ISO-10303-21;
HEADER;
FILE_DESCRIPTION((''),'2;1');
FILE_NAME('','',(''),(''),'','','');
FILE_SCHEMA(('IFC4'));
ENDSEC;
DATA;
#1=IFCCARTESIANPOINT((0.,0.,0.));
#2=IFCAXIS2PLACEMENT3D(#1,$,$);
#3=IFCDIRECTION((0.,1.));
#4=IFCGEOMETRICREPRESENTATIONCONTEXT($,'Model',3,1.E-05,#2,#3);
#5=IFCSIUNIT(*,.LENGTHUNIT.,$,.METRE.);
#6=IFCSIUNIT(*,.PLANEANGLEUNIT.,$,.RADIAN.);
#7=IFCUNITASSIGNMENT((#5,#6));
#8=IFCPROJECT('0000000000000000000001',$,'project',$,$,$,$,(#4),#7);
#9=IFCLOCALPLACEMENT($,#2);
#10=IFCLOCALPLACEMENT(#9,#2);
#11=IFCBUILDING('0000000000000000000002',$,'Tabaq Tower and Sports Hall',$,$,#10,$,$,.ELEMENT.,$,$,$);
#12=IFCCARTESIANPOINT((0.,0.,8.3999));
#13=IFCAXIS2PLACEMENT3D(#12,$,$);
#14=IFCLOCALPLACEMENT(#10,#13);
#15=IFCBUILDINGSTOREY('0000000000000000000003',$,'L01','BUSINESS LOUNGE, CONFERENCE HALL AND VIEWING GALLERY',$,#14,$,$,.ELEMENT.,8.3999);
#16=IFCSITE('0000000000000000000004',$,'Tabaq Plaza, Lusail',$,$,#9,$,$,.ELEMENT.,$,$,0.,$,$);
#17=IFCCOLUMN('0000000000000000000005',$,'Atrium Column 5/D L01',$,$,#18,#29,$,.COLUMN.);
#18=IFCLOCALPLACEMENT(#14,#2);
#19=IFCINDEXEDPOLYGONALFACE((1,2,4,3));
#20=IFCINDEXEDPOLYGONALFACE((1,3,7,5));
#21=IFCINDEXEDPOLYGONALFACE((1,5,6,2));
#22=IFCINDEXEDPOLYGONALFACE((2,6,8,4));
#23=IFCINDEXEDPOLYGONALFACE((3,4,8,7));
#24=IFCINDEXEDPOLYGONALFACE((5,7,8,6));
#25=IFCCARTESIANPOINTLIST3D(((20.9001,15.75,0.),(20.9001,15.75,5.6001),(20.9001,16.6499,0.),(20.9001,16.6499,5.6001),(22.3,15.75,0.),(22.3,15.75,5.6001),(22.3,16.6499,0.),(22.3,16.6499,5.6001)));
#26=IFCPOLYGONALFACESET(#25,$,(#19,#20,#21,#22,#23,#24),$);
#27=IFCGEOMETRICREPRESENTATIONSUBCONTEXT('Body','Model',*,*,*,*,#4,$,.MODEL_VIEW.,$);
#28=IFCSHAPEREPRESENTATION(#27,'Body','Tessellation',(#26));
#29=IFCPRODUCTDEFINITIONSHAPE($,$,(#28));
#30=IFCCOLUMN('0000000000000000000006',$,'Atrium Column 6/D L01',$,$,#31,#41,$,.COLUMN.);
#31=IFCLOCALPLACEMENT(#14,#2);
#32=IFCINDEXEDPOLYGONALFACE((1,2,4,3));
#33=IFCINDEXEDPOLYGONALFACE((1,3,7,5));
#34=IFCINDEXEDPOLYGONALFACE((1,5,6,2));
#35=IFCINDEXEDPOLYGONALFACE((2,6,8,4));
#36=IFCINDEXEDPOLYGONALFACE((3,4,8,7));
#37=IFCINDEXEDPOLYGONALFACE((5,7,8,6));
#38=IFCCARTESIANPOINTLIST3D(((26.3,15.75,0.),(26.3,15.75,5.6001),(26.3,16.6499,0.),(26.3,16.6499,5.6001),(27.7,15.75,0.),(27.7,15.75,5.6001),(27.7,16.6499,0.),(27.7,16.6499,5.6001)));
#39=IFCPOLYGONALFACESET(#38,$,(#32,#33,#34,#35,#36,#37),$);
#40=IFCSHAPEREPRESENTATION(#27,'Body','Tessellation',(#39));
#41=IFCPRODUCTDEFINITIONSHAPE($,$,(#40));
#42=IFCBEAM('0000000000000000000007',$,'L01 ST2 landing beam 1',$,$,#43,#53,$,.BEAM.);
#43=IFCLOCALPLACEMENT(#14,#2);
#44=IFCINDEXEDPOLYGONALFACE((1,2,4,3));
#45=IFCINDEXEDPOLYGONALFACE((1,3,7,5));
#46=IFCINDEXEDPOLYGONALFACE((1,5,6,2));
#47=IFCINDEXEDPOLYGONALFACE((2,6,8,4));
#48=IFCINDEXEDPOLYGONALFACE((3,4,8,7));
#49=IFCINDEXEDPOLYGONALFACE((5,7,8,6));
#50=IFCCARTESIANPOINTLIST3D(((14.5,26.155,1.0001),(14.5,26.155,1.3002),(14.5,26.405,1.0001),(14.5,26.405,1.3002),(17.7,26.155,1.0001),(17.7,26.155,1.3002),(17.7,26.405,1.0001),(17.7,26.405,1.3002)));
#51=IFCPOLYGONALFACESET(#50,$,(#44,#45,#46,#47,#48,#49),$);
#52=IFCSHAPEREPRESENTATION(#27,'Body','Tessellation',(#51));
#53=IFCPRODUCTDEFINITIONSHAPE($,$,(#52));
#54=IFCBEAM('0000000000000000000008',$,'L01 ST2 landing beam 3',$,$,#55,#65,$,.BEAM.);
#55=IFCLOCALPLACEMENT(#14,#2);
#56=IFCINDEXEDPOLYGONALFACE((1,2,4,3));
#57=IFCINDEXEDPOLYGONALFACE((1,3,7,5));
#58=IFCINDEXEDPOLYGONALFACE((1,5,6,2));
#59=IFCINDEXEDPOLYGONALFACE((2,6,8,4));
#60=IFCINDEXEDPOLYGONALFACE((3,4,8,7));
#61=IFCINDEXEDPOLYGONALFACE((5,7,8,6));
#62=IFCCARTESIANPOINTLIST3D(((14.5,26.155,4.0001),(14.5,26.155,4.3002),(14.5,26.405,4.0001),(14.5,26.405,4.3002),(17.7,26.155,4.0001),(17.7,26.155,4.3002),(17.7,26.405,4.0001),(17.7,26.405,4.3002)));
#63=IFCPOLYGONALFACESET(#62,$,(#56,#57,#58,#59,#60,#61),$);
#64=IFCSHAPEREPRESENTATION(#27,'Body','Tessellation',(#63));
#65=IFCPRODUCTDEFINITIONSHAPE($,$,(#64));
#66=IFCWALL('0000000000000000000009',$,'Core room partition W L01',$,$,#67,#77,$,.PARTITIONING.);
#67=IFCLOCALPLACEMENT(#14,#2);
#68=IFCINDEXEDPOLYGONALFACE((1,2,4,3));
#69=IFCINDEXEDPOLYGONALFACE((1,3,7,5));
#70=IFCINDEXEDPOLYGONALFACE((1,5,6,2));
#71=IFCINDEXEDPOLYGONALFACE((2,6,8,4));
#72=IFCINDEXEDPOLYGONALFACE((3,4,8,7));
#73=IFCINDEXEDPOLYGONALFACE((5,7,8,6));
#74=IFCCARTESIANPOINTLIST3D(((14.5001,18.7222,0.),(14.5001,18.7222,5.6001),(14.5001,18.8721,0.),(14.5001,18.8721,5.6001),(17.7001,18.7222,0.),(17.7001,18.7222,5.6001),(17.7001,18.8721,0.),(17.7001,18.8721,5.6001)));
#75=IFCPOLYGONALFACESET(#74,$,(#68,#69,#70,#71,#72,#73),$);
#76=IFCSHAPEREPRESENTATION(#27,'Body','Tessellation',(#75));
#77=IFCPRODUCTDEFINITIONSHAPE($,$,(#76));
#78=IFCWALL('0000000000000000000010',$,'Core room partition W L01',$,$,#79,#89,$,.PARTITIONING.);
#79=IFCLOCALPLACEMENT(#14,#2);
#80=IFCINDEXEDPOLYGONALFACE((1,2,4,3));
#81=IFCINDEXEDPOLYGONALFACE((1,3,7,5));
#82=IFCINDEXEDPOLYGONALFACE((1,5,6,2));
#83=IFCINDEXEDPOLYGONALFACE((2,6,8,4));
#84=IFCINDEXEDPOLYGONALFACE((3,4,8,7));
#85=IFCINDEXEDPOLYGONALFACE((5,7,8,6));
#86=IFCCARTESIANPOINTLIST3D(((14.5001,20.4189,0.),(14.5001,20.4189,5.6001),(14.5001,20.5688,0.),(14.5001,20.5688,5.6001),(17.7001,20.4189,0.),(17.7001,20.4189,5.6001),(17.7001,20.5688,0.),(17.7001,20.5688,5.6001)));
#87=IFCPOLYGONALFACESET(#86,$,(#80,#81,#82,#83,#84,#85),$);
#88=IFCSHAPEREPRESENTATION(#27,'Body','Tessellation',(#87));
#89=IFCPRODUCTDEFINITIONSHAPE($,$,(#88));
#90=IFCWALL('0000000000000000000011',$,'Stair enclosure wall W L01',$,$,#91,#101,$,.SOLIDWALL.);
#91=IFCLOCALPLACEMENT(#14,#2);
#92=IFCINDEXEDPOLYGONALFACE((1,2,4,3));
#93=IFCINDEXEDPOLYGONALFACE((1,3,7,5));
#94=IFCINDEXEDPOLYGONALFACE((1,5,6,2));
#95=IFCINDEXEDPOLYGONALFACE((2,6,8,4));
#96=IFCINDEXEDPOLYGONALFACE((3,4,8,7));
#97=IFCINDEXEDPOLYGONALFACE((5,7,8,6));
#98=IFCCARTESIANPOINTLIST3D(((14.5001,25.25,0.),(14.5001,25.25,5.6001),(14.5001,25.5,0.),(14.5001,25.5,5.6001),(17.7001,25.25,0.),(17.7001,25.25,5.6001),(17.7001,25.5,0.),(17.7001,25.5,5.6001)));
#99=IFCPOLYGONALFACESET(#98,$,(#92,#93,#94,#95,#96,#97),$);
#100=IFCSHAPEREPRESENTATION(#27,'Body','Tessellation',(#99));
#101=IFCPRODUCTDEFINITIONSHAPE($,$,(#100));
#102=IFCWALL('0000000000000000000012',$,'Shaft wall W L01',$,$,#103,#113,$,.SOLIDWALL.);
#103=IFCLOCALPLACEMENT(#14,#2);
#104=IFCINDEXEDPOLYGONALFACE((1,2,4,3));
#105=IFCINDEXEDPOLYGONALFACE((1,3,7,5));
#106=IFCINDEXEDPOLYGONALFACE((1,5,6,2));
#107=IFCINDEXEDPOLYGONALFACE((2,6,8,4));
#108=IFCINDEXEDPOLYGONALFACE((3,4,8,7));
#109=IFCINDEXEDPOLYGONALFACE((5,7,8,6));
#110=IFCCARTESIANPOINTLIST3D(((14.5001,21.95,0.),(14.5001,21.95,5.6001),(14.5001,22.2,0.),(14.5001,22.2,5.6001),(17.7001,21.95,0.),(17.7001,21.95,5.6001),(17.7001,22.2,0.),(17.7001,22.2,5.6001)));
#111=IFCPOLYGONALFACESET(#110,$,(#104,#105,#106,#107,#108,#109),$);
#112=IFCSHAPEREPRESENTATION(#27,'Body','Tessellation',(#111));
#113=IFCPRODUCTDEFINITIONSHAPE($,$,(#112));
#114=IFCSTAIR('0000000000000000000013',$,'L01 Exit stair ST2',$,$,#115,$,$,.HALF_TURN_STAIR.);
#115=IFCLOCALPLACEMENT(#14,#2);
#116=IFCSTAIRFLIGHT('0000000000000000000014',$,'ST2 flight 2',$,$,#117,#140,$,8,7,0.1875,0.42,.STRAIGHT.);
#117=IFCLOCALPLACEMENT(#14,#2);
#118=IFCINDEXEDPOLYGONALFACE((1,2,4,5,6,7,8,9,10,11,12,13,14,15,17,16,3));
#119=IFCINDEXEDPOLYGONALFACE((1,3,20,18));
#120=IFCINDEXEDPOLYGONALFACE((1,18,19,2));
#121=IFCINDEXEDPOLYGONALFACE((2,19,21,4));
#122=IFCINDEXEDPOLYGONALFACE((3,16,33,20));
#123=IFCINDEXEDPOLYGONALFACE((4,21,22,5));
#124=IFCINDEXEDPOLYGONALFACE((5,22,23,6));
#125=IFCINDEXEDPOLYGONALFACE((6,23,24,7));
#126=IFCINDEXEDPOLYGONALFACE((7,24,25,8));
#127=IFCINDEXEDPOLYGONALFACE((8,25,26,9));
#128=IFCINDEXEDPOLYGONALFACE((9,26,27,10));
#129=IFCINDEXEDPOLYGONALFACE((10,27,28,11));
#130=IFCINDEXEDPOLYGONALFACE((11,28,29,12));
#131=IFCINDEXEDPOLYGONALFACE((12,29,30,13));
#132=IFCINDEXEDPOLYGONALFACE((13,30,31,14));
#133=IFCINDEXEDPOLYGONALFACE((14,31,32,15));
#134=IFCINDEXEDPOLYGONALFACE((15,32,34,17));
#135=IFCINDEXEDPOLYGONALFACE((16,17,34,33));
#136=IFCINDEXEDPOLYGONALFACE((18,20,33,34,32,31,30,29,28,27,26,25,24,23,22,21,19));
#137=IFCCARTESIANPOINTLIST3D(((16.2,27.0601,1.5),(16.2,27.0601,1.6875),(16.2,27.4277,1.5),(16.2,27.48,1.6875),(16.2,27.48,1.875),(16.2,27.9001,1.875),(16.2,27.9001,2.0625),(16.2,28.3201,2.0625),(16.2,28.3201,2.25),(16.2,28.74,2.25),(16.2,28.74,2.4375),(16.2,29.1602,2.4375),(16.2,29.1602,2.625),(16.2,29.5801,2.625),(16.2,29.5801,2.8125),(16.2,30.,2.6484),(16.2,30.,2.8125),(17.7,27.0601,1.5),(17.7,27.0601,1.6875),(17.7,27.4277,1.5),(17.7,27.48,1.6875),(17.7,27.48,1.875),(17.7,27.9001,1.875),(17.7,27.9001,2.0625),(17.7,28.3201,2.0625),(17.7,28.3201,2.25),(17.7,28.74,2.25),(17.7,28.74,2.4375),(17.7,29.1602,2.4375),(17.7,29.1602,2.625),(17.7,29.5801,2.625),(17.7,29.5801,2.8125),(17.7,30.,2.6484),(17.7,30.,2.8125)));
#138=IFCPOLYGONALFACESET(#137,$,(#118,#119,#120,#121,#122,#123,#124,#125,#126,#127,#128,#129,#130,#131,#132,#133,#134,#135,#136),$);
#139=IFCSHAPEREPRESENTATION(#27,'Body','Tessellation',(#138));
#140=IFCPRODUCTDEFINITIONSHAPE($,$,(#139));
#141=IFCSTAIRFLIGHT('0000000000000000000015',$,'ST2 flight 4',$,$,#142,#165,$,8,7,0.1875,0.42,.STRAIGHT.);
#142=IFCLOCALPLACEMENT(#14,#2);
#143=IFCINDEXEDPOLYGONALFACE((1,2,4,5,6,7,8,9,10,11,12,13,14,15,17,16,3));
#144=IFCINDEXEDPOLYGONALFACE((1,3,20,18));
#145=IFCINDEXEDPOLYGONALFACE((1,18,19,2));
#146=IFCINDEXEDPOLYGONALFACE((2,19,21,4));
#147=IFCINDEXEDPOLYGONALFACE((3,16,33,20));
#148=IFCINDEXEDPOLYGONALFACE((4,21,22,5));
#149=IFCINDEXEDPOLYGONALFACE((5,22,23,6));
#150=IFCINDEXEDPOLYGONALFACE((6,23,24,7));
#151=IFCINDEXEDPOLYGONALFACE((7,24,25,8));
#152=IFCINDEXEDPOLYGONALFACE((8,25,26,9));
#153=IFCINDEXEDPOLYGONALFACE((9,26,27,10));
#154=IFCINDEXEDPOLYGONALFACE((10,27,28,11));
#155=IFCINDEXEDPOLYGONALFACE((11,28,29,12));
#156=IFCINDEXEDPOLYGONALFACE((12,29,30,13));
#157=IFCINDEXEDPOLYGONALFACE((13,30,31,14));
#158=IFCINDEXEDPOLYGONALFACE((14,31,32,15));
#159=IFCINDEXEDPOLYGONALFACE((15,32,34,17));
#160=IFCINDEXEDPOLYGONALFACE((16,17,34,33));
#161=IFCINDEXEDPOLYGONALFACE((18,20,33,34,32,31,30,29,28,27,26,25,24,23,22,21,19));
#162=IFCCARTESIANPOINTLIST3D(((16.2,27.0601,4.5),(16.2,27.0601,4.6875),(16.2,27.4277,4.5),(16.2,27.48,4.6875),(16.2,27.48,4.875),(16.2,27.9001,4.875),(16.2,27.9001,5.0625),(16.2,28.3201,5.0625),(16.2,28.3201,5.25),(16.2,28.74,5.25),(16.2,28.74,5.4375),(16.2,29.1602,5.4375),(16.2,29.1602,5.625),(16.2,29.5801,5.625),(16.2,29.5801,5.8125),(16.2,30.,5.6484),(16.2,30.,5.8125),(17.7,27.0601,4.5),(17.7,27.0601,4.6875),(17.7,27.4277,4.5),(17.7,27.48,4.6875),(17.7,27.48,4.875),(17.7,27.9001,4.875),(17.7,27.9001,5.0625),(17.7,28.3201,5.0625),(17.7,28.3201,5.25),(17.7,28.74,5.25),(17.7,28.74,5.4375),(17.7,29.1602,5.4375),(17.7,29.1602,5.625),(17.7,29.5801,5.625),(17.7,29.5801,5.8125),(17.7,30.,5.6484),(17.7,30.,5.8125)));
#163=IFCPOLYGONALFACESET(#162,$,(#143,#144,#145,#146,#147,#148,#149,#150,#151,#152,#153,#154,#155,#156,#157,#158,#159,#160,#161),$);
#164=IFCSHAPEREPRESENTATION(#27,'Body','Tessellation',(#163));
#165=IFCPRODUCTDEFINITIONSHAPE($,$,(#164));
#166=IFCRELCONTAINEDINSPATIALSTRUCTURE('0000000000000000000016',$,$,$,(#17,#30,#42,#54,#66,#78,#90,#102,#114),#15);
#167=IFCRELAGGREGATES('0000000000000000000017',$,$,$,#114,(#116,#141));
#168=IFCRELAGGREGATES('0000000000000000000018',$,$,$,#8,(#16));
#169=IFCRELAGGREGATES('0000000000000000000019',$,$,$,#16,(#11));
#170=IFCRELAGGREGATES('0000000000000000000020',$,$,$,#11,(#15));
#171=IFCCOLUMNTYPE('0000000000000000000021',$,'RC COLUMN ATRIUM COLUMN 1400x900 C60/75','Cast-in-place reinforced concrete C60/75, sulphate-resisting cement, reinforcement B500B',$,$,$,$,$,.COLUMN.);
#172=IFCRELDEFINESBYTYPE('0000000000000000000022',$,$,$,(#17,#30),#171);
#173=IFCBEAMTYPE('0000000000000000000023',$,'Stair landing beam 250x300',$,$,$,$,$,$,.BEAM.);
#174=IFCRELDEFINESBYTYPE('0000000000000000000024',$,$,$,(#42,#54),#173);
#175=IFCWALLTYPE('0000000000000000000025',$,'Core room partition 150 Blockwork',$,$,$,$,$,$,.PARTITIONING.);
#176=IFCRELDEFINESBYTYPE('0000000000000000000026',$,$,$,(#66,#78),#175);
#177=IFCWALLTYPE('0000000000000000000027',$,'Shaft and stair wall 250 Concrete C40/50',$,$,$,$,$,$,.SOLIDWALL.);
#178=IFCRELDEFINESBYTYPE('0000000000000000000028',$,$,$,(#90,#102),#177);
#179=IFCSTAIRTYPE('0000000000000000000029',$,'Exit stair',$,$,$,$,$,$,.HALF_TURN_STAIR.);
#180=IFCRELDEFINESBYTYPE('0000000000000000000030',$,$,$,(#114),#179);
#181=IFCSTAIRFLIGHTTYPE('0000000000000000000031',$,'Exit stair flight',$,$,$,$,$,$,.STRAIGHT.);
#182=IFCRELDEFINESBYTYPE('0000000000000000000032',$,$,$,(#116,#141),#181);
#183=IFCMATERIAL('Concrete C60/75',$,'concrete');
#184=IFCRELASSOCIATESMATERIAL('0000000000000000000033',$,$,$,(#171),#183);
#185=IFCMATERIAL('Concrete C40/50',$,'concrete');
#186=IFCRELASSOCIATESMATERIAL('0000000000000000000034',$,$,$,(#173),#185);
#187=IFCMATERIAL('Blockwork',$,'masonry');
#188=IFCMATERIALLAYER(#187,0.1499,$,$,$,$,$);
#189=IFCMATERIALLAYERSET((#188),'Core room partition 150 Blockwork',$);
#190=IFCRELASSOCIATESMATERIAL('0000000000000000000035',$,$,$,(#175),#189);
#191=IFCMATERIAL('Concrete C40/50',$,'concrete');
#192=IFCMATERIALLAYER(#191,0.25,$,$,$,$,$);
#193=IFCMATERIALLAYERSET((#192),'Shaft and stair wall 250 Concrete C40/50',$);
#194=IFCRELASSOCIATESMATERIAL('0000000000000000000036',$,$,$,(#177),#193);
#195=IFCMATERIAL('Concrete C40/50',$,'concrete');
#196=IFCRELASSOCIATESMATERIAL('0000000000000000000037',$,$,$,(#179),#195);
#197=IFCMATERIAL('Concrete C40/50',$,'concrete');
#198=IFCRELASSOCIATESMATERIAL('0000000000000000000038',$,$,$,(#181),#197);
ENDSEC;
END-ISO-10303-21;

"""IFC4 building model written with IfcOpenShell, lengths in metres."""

from ifc_helpers import new_model, si_unit, direction, frame, frame_2d, origin, origin_2d, place, context, subcontext, project, spatial, polyline, rectangle, outline, extrude, material, layer, layer_set, material_profile, profile_set, type_object, element, aggregate, save


model = new_model("IFC4")

# Units and contexts
model_context = context("Model", 3, precision=1e-05, world=origin(), true_north=direction((0.0, 1.0)))
body_context = subcontext(model_context, "Body", "Model", "MODEL_VIEW")
ifc_project = project(units=[si_unit("LENGTHUNIT", "METRE"), si_unit("PLANEANGLEUNIT", "RADIAN")], contexts=[model_context])

# Site, building, storey
site_placement = place(None, origin())
site = spatial("IfcSite", under=ifc_project, at=site_placement, Name="Tabaq Plaza, Lusail", CompositionType="ELEMENT", RefElevation=0.0)
building_placement = place(site_placement, origin())
building = spatial("IfcBuilding", under=site, at=building_placement, Name="Tabaq Tower and Sports Hall", CompositionType="ELEMENT")
storey_placement = place(building_placement, frame((0.0, 0.0, 8.3999)))
storey = spatial("IfcBuildingStorey", under=building, at=storey_placement, Name="L01", Description="BUSINESS LOUNGE, CONFERENCE HALL AND VIEWING GALLERY", CompositionType="ELEMENT", Elevation=8.3999)

# Columns
ifc_material_1 = material(Name="Concrete C60/75", Category="concrete")
ifc_material_profile_1 = material_profile(ifc_material_1, rectangle(XDim=1.3999, YDim=0.8999, at=origin_2d()), Name="ATRIUM COLUMN 1400x900")
ifc_profile_set_1 = profile_set([ifc_material_profile_1], Name="Concrete C60/75")
column_type = type_object("IfcColumnType", Name="RC COLUMN ATRIUM COLUMN 1400x900 C60/75", Description="Cast-in-place reinforced concrete C60/75, sulphate-resisting cement, reinforcement B500B", PredefinedType="COLUMN", material=ifc_profile_set_1)
for number, where, z_axis, x_axis, name in (
    (1, (21.6001, 16.2, 0.0), (0.0, 0.0, 1.0), (1.0, 0.0, 0.0), "Atrium Column 5/D L01"),
    (2, (27.0, 16.2, 0.0), (0.0, 0.0, 1.0), (1.0, 0.0, 0.0), "Atrium Column 6/D L01"),
):
    element("IfcColumn", number, at=place(storey_placement, frame(where, z_axis=z_axis, x_axis=x_axis)), inside=storey, type_object=column_type, Name=name, PredefinedType="COLUMN", context=body_context, shape_type="SweptSolid", body=[
        extrude(rectangle(XDim=1.3999, YDim=0.8999, at=origin_2d()), origin(), (0.0, 0.0, 1.0), 5.6001),
    ])

# Beams
ifc_material_2 = material(Name="Concrete C40/50", Category="concrete")
ifc_material_profile_2 = material_profile(ifc_material_2, rectangle(XDim=0.25, YDim=0.3, at=origin_2d()), Name="RC 250x300")
ifc_profile_set_2 = profile_set([ifc_material_profile_2], Name="Concrete C40/50")
beam_type = type_object("IfcBeamType", Name="Stair landing beam 250x300", PredefinedType="BEAM", material=ifc_profile_set_2)
for number, where, z_axis, x_axis, name in (
    (3, (14.5, 26.28, 1.1501), (1.0, 0.0, 0.0), (0.0, 1.0, 0.0), "L01 ST2 landing beam 1"),
    (4, (14.5, 26.28, 4.1501), (1.0, 0.0, 0.0), (0.0, 1.0, 0.0), "L01 ST2 landing beam 3"),
):
    element("IfcBeam", number, at=place(storey_placement, frame(where, z_axis=z_axis, x_axis=x_axis)), inside=storey, type_object=beam_type, Name=name, PredefinedType="BEAM", context=body_context, shape_type="SweptSolid", body=[
        extrude(rectangle(XDim=0.25, YDim=0.3, at=origin_2d()), origin(), (0.0, 0.0, 1.0), 3.2),
    ])

# Walls
ifc_material_3 = material(Name="Blockwork", Category="masonry")
ifc_layer_1 = layer(ifc_material_3, 0.1499)
ifc_layer_set_1 = layer_set([ifc_layer_1], Name="Core room partition 150 Blockwork")
wall_type_1 = type_object("IfcWallType", Name="Core room partition 150 Blockwork", PredefinedType="PARTITIONING", material=ifc_layer_set_1)
for number, where, z_axis, x_axis, name in (
    (5, (14.5, 18.7971, 0.0), (0.0, 0.0, 1.0), (1.0, 0.0, 0.0), "Core room partition W L01"),
    (6, (14.5, 20.4939, 0.0), (0.0, 0.0, 1.0), (1.0, 0.0, 0.0), "Core room partition W L01"),
):
    element("IfcWall", number, at=place(storey_placement, frame(where, z_axis=z_axis, x_axis=x_axis)), inside=storey, type_object=wall_type_1, Name=name, PredefinedType="PARTITIONING", context=body_context, shape_type="SweptSolid", body=[
        extrude(rectangle(XDim=3.2, YDim=0.1499, at=frame_2d((1.6001, 0.0))), origin(), (0.0, 0.0, 1.0), 5.6001),
    ])

# Walls
ifc_material_4 = material(Name="Concrete C40/50", Category="concrete")
ifc_layer_2 = layer(ifc_material_4, 0.25)
ifc_layer_set_2 = layer_set([ifc_layer_2], Name="Shaft and stair wall 250 Concrete C40/50")
wall_type_2 = type_object("IfcWallType", Name="Shaft and stair wall 250 Concrete C40/50", PredefinedType="SOLIDWALL", material=ifc_layer_set_2)
for number, where, z_axis, x_axis, name in (
    (7, (14.5, 25.375, 0.0), (0.0, 0.0, 1.0), (1.0, 0.0, 0.0), "Stair enclosure wall W L01"),
    (8, (14.5, 22.075, 0.0), (0.0, 0.0, 1.0), (1.0, 0.0, 0.0), "Shaft wall W L01"),
):
    element("IfcWall", number, at=place(storey_placement, frame(where, z_axis=z_axis, x_axis=x_axis)), inside=storey, type_object=wall_type_2, Name=name, PredefinedType="SOLIDWALL", context=body_context, shape_type="SweptSolid", body=[
        extrude(rectangle(XDim=3.2, YDim=0.25, at=frame_2d((1.6001, 0.0))), origin(), (0.0, 0.0, 1.0), 5.6001),
    ])

# Stair, stair flights
ifc_material_5 = material(Name="Concrete C40/50", Category="concrete")
stair_type = type_object("IfcStairType", Name="Exit stair", PredefinedType="HALF_TURN_STAIR", material=ifc_material_5)
stair_placement = place(storey_placement, origin())
stair = element("IfcStair", 9, at=stair_placement, inside=storey, type_object=stair_type, Name="L01 Exit stair ST2", PredefinedType="HALF_TURN_STAIR")
ifc_material_6 = material(Name="Concrete C40/50", Category="concrete")
stair_flight_type = type_object("IfcStairFlightType", Name="Exit stair flight", PredefinedType="STRAIGHT", material=ifc_material_6)
stair_flight_1_placement = place(storey_placement, frame((16.95, 27.0601, 1.5), z_axis=(0.0, 0.0, 1.0), x_axis=(0.0, 1.0, 0.0)))
stair_flight_1 = element("IfcStairFlight", 10, at=stair_flight_1_placement, type_object=stair_flight_type, Name="ST2 flight 2", NumberOfRisers=8, NumberOfTreads=7, PredefinedType="STRAIGHT", RiserHeight=0.1875, TreadLength=0.42, context=body_context, shape_type="SweptSolid", body=[
    extrude(outline(polyline([(0.0, 0.0), (0.0, 0.1875), (0.4199, 0.1875), (0.4199, 0.375), (0.8401, 0.375), (0.8401, 0.5625), (1.26, 0.5625), (1.26, 0.75), (1.6799, 0.75), (1.6799, 0.9375), (2.1001, 0.9375), (2.1001, 1.125), (2.52, 1.125), (2.52, 1.3125), (2.9399, 1.3125), (2.9399, 1.5), (2.9399, 1.1484), (0.3677, 0.0), (0.0, 0.0)])), frame((0.0, 0.75, 0.0), z_axis=(0.0, -1.0, 0.0), x_axis=(1.0, 0.0, 0.0)), (0.0, 0.0, 1.0), 1.5),
])
stair_flight_2_placement = place(storey_placement, frame((16.95, 27.0601, 4.5), z_axis=(0.0, 0.0, 1.0), x_axis=(0.0, 1.0, 0.0)))
stair_flight_2 = element("IfcStairFlight", 11, at=stair_flight_2_placement, type_object=stair_flight_type, Name="ST2 flight 4", NumberOfRisers=8, NumberOfTreads=7, PredefinedType="STRAIGHT", RiserHeight=0.1875, TreadLength=0.42, context=body_context, shape_type="SweptSolid", body=[
    extrude(outline(polyline([(0.0, 0.0), (0.0, 0.1875), (0.4199, 0.1875), (0.4199, 0.375), (0.8401, 0.375), (0.8401, 0.5625), (1.26, 0.5625), (1.26, 0.75), (1.6799, 0.75), (1.6799, 0.9375), (2.1001, 0.9375), (2.1001, 1.125), (2.52, 1.125), (2.52, 1.3125), (2.9399, 1.3125), (2.9399, 1.5), (2.9399, 1.1484), (0.3677, 0.0), (0.0, 0.0)])), frame((0.0, 0.75, 0.0), z_axis=(0.0, -1.0, 0.0), x_axis=(1.0, 0.0, 0.0)), (0.0, 0.0, 1.0), 1.5),
])
aggregate(stair, [stair_flight_1, stair_flight_2])

save(model, "model.ifc")
